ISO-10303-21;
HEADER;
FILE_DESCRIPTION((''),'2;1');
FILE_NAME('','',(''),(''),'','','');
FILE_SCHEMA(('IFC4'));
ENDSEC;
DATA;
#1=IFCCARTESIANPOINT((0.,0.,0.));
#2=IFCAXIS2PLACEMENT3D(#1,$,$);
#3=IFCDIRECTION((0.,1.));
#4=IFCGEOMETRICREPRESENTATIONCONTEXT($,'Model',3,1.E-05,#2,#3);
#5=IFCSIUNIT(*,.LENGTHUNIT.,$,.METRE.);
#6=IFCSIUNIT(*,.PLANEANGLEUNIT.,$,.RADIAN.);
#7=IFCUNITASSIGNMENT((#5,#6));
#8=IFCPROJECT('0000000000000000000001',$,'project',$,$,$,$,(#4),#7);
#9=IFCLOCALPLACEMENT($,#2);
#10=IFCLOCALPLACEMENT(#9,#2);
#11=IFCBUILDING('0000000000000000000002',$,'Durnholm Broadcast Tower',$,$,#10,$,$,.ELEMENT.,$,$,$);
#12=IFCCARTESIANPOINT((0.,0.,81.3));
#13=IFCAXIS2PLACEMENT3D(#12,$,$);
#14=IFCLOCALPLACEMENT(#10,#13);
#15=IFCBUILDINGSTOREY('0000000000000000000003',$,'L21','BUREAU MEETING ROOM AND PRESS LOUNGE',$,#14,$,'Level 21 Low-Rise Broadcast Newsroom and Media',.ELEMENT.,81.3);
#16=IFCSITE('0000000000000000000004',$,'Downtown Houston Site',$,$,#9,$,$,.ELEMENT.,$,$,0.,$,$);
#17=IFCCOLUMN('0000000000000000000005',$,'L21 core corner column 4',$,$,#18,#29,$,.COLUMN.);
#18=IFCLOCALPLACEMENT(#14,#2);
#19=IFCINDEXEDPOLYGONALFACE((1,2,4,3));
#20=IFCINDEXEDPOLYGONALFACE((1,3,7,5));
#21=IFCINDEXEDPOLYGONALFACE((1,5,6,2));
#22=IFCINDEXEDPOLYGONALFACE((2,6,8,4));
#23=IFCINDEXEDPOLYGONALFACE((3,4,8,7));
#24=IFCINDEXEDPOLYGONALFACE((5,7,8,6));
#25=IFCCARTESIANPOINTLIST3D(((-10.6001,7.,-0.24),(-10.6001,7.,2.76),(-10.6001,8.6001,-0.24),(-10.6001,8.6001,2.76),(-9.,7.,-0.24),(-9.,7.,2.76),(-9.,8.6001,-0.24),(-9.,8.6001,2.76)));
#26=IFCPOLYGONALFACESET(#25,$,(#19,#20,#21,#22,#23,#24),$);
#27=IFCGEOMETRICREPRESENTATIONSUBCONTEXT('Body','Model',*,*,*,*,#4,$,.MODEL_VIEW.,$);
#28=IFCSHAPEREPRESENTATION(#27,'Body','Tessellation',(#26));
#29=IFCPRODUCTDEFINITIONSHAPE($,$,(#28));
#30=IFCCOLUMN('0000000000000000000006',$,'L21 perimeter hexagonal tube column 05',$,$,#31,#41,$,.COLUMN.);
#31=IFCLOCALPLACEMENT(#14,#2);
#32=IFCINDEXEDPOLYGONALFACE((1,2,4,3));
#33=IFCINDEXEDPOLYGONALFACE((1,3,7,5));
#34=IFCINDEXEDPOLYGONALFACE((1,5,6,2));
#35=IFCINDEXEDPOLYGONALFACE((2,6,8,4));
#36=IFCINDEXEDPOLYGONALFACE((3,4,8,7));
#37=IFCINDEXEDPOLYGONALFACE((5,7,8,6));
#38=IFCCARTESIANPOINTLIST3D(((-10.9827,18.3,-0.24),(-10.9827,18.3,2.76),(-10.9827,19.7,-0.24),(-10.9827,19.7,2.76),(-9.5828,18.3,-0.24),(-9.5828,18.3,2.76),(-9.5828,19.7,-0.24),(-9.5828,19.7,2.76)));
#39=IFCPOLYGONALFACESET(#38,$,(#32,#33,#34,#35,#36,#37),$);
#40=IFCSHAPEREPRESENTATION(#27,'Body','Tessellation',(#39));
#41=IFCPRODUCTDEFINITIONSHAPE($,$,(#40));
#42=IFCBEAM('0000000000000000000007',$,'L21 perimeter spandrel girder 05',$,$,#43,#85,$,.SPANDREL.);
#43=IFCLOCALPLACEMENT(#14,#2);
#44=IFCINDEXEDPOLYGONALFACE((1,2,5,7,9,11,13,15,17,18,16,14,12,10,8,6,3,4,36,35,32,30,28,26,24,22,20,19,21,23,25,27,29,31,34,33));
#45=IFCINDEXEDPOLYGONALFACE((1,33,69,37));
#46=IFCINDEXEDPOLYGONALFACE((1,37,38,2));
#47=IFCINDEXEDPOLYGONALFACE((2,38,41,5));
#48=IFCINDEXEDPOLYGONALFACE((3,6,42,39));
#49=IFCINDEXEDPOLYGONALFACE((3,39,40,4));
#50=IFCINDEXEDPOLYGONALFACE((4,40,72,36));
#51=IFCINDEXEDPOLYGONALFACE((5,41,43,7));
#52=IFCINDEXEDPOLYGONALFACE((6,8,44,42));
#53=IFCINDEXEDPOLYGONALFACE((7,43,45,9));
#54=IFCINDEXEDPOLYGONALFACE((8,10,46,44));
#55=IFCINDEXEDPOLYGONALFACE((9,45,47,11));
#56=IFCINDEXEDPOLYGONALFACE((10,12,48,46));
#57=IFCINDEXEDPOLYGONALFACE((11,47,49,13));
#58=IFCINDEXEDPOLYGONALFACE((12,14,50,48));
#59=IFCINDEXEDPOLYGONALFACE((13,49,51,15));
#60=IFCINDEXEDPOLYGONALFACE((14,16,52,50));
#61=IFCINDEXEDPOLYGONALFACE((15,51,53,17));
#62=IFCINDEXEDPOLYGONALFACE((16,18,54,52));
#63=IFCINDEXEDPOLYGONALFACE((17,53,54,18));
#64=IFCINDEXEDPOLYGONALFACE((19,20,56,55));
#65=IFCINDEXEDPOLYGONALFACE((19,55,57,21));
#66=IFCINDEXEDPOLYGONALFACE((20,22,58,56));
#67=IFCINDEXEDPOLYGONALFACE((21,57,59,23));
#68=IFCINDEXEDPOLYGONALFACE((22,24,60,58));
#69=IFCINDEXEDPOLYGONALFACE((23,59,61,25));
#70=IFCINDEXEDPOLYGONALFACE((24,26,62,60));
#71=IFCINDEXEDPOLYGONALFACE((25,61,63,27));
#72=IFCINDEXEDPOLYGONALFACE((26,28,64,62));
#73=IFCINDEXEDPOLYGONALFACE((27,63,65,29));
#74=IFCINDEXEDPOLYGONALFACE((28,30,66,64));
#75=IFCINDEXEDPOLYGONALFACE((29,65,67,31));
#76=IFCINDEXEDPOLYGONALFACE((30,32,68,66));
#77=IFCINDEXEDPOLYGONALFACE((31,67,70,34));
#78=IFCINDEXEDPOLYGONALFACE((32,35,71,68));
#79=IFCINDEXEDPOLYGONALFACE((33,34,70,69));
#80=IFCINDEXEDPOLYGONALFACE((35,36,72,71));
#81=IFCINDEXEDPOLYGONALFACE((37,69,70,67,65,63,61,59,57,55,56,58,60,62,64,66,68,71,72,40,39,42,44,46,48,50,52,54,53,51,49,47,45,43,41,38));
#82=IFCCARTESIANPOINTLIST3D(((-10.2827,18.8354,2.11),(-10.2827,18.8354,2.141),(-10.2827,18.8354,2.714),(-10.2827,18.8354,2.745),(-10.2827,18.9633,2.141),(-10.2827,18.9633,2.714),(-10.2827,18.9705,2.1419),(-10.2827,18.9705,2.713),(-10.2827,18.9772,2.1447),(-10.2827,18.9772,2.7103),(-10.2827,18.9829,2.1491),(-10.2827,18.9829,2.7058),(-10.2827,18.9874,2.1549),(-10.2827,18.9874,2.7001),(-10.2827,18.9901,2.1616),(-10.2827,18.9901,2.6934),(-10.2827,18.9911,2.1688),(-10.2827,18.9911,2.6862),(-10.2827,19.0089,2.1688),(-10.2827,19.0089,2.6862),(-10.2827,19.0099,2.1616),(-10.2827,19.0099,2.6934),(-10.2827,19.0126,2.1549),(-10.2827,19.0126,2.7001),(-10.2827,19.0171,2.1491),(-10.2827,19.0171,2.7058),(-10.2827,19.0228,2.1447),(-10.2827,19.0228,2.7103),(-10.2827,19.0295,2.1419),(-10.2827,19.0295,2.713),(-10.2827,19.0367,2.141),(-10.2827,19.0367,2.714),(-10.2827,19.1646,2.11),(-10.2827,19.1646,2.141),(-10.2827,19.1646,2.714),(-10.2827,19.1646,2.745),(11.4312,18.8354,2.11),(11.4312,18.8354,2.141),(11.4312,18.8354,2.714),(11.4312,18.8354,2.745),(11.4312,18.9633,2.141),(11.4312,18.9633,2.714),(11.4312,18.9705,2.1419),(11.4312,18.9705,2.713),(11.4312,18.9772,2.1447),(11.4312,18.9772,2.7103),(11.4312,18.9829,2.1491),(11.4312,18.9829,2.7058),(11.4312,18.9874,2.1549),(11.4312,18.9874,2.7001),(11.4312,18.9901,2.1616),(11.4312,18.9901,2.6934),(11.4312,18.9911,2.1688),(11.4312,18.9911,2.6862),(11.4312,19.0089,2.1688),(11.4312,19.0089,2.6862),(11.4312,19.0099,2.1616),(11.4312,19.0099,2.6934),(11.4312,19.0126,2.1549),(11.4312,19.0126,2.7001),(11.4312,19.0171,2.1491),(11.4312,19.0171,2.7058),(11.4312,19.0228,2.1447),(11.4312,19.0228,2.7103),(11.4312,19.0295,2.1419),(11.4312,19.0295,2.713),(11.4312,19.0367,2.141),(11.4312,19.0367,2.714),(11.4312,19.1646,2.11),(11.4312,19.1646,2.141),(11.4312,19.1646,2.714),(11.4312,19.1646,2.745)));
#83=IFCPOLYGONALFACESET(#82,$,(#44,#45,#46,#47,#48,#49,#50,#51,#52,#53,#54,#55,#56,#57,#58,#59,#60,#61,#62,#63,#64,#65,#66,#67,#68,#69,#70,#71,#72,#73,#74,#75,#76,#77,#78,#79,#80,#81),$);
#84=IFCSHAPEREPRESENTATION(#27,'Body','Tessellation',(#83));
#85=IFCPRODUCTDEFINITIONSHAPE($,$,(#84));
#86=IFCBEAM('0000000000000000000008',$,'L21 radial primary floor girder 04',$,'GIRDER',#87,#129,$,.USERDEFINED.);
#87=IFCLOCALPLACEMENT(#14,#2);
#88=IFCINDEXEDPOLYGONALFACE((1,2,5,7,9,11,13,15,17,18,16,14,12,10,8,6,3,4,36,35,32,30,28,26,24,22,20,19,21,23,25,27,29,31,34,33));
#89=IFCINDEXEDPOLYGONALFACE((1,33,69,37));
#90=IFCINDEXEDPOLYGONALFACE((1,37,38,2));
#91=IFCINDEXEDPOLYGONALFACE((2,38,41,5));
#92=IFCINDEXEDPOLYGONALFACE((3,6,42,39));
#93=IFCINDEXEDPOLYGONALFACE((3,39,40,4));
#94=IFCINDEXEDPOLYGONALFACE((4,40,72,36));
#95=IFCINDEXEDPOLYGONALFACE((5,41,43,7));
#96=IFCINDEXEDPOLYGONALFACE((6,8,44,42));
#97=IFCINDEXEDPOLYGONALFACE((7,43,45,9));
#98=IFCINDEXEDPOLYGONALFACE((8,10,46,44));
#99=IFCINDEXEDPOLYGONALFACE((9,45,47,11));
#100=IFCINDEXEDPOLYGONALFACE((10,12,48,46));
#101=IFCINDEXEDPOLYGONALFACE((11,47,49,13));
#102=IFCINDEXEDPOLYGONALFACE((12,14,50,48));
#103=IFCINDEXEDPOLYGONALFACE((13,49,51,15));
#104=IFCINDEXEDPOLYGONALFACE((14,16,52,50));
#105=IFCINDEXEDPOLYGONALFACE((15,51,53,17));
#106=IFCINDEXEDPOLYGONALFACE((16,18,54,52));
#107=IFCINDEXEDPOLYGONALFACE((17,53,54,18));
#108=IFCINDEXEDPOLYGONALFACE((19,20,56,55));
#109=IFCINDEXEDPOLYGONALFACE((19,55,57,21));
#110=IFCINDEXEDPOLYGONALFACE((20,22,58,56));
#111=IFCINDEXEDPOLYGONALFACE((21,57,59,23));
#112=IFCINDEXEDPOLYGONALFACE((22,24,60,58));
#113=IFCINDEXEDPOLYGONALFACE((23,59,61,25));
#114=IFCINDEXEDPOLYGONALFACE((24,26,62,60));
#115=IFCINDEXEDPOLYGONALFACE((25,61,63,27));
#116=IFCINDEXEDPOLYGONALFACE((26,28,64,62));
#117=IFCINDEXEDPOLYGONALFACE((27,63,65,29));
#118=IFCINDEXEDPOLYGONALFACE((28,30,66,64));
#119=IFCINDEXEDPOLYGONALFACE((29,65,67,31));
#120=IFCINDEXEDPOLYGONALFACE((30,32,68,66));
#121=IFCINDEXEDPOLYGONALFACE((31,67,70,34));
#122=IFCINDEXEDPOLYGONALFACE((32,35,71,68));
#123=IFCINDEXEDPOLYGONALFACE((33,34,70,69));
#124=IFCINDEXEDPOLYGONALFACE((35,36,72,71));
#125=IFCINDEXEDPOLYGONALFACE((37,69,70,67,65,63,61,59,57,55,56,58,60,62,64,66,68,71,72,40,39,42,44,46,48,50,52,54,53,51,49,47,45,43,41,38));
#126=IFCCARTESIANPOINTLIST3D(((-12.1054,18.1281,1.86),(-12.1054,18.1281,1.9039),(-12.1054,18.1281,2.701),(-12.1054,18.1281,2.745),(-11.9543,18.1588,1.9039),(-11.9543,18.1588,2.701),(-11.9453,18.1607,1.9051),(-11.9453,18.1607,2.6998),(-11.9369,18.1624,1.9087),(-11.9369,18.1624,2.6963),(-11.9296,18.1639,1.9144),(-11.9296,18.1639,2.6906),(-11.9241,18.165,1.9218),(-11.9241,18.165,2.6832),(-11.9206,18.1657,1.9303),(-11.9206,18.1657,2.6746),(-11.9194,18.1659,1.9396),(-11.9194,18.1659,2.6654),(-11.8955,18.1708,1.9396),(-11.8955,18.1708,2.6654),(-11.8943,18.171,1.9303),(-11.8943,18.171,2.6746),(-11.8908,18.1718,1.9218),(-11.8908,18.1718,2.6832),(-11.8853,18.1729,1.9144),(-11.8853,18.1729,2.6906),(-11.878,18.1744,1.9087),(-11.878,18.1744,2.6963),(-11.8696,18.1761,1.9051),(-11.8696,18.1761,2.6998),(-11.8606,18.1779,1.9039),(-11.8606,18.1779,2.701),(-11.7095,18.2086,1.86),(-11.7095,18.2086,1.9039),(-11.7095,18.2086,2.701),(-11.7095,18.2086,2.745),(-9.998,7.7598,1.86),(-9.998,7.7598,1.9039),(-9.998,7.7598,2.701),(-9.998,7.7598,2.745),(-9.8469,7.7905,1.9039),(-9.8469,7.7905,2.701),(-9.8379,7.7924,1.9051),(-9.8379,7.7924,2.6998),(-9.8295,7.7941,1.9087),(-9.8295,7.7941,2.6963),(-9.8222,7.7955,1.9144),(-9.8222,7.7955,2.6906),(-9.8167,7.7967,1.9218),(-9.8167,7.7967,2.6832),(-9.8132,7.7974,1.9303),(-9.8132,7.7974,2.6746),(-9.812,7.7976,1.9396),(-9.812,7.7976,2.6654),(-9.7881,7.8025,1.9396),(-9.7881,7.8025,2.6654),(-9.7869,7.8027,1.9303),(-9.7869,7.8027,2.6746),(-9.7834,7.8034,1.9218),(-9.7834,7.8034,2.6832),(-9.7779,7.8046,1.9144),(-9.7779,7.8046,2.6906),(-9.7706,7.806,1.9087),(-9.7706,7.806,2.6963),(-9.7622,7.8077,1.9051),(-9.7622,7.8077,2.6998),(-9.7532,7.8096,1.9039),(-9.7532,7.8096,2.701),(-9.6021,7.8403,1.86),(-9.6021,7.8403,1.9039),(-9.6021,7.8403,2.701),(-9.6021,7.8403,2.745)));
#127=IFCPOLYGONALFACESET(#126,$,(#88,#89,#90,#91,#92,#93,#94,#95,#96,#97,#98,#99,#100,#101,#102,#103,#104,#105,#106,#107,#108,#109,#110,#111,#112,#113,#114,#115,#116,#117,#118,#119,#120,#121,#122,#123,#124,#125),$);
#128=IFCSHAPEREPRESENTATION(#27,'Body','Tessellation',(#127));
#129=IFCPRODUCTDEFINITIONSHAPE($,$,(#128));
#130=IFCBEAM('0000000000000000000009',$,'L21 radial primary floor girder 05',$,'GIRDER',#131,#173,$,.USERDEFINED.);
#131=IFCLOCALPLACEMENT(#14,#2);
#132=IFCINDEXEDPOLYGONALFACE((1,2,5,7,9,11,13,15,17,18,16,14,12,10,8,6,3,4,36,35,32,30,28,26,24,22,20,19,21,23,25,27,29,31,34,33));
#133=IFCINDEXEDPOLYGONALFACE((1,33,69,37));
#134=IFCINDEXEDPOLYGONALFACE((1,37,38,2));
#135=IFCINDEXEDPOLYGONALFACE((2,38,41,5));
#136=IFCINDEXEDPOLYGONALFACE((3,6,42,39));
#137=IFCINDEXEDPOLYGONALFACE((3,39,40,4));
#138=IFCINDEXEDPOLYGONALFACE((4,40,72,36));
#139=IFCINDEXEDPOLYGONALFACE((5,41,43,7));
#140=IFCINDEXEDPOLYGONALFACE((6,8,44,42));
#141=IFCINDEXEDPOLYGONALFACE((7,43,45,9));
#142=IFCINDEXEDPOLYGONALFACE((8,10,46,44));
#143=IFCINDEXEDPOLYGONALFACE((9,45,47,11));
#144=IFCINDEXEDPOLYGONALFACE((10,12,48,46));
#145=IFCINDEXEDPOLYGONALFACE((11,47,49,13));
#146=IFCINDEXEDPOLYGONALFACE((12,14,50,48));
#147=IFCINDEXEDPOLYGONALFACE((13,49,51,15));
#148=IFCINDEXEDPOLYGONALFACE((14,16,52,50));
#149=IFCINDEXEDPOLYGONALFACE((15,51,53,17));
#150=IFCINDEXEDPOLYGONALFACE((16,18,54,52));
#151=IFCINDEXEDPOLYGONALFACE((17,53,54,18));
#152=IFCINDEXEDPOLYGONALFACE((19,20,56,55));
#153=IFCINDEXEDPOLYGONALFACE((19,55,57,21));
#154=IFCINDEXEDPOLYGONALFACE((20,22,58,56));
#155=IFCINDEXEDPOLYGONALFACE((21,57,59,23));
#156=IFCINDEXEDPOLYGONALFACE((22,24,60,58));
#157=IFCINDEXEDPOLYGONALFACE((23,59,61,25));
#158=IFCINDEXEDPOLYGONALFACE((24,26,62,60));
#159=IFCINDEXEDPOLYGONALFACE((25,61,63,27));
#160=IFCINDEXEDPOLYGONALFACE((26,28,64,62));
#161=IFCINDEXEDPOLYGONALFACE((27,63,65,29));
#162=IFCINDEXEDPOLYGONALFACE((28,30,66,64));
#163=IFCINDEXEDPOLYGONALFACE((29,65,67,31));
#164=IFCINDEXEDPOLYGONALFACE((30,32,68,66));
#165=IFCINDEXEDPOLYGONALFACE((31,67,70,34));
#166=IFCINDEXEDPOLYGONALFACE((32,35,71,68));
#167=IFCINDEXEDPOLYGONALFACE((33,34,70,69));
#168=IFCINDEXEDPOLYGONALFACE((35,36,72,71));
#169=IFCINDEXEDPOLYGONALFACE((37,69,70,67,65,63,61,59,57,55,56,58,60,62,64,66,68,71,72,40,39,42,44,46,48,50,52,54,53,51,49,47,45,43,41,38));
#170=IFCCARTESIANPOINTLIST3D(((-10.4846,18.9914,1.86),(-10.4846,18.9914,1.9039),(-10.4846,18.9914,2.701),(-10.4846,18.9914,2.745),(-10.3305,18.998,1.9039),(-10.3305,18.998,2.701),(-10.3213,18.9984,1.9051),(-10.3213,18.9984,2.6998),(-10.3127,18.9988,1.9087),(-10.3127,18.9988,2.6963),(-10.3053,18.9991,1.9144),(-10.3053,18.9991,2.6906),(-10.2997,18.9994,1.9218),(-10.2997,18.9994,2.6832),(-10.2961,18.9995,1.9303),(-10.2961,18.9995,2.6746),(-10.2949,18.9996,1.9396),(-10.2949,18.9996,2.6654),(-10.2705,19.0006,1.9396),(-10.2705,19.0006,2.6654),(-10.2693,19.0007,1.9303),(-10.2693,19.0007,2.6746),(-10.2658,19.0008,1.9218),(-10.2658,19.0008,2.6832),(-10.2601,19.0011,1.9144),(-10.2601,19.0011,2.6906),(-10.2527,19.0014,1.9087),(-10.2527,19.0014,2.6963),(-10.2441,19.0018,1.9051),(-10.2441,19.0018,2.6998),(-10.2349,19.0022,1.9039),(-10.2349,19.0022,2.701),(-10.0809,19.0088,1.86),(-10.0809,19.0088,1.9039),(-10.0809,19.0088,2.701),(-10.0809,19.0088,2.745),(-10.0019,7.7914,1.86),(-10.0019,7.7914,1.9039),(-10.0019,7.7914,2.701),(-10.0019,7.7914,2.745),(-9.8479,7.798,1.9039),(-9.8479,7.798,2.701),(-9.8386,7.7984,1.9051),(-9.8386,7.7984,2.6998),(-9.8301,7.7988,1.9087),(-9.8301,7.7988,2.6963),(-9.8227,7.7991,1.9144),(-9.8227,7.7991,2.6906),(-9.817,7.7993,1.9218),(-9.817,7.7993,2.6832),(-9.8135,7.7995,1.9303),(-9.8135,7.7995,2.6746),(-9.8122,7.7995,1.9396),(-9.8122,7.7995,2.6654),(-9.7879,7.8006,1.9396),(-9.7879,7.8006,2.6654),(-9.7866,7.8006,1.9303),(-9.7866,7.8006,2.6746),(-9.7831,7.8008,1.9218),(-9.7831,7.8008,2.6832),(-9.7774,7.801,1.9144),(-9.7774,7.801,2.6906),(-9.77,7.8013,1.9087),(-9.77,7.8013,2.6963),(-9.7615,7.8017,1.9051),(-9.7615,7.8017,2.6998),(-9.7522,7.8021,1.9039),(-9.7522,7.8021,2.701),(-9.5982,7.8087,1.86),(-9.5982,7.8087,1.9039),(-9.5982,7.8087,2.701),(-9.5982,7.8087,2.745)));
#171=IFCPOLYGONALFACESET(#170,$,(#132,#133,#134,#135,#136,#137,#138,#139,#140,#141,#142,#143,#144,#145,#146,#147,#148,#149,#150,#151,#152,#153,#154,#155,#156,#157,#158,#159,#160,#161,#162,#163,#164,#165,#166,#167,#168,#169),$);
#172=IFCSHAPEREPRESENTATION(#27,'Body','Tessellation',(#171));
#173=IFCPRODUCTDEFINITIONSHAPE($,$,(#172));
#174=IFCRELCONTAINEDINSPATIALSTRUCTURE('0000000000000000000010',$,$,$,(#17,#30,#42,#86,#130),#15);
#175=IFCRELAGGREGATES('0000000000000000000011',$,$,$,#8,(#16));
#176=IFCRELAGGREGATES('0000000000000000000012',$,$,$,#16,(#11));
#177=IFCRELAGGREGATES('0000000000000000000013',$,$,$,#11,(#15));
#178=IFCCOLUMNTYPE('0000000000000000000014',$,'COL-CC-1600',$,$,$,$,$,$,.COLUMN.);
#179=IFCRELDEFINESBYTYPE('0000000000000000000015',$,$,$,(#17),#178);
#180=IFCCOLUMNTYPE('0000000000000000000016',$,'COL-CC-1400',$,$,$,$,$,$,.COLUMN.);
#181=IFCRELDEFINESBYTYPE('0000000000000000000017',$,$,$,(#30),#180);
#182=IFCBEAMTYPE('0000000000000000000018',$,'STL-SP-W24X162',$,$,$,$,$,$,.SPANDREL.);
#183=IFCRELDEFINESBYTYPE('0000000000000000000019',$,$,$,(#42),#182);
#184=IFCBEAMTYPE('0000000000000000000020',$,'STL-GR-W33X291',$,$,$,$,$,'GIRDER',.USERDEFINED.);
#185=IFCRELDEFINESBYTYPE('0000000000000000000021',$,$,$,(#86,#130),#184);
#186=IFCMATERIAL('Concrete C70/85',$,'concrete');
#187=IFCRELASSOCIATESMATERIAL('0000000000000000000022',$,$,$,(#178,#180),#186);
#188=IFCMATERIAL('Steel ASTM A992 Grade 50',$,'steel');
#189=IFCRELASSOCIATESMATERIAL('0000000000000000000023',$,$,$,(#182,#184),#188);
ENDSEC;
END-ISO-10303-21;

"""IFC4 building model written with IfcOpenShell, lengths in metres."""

from ifc_helpers import new_model, si_unit, direction, frame, origin, origin_2d, place, context, subcontext, project, spatial, rectangle, i_section, extrude, source, transform, mapped, material, material_profile, profile_set, type_object, type_shapes, element, save


model = new_model("IFC4")

# Units and contexts
model_context = context("Model", 3, precision=1e-05, world=origin(), true_north=direction((0.0, 1.0)))
body_context = subcontext(model_context, "Body", "Model", "MODEL_VIEW")
ifc_project = project(units=[si_unit("LENGTHUNIT", "METRE"), si_unit("PLANEANGLEUNIT", "RADIAN")], contexts=[model_context])

# Site, building, storey
site_placement = place(None, origin())
site = spatial("IfcSite", under=ifc_project, at=site_placement, Name="Downtown Houston Site", CompositionType="ELEMENT", RefElevation=0.0)
building_placement = place(site_placement, origin())
building = spatial("IfcBuilding", under=site, at=building_placement, Name="Durnholm Broadcast Tower", CompositionType="ELEMENT")
storey_placement = place(building_placement, frame((0.0, 0.0, 81.3)))
storey = spatial("IfcBuildingStorey", under=building, at=storey_placement, Name="L21", Description="BUREAU MEETING ROOM AND PRESS LOUNGE", LongName="Level 21 Low-Rise Broadcast Newsroom and Media", CompositionType="ELEMENT", Elevation=81.3)

# Columns
ifc_material_1 = material(Name="Concrete C70/85", Category="concrete")
ifc_material_profile_1 = material_profile(ifc_material_1, rectangle(XDim=1.6001, YDim=1.6001, at=origin_2d()), Name="RC1600X1600")
ifc_profile_set_1 = profile_set([ifc_material_profile_1], Name="Concrete C70/85")
column_type_1 = type_object("IfcColumnType", Name="COL-CC-1600", PredefinedType="COLUMN", material=ifc_profile_set_1)
shared_shape_1 = source(origin(), body_context, "Body", "SweptSolid", [
    extrude(rectangle(XDim=1.6001, YDim=1.6001, at=origin_2d()), origin(), (0.0, 0.0, 1.0), 3.0),
])
type_shapes(column_type_1, [shared_shape_1])
column_1_placement = place(storey_placement, frame((-9.8, 7.8, -0.24), z_axis=(0.0, 0.0, 1.0), x_axis=(1.0, 0.0, 0.0)))
element("IfcColumn", 1, at=column_1_placement, inside=storey, type_object=column_type_1, Name="L21 core corner column 4", PredefinedType="COLUMN", context=body_context, shape_type="MappedRepresentation", body=[
    mapped(shared_shape_1, transform((0.0, 0.0, 0.0), x_axis=(1.0, 0.0, 0.0), y_axis=(0.0, 1.0, 0.0), z_axis=(0.0, 0.0, 1.0), scale=1.0)),
])
ifc_material_profile_2 = material_profile(ifc_material_1, rectangle(XDim=1.3999, YDim=1.3999, at=origin_2d()), Name="RC1400X1400")
ifc_profile_set_2 = profile_set([ifc_material_profile_2], Name="Concrete C70/85")
column_type_2 = type_object("IfcColumnType", Name="COL-CC-1400", PredefinedType="COLUMN", material=ifc_profile_set_2)
shared_shape_2 = source(origin(), body_context, "Body", "SweptSolid", [
    extrude(rectangle(XDim=1.3999, YDim=1.3999, at=origin_2d()), origin(), (0.0, 0.0, 1.0), 3.0),
])
type_shapes(column_type_2, [shared_shape_2])
column_2_placement = place(storey_placement, frame((-10.2827, 19.0, -0.24), z_axis=(0.0, 0.0, 1.0), x_axis=(1.0, 0.0, 0.0)))
element("IfcColumn", 2, at=column_2_placement, inside=storey, type_object=column_type_2, Name="L21 perimeter hexagonal tube column 05", PredefinedType="COLUMN", context=body_context, shape_type="MappedRepresentation", body=[
    mapped(shared_shape_2, transform((0.0, 0.0, 0.0), x_axis=(1.0, 0.0, 0.0), y_axis=(0.0, 1.0, 0.0), z_axis=(0.0, 0.0, 1.0), scale=1.0)),
])

# Beams
ifc_material_2 = material(Name="Steel ASTM A992 Grade 50", Category="steel")
ifc_material_profile_3 = material_profile(ifc_material_2, i_section(OverallWidth=0.3291, OverallDepth=0.635, WebThickness=0.0178, FlangeThickness=0.031, FilletRadius=0.0278, at=origin_2d()), Name="W24X162")
ifc_profile_set_3 = profile_set([ifc_material_profile_3], Name="Steel ASTM A992 Grade 50")
beam_type_1 = type_object("IfcBeamType", Name="STL-SP-W24X162", PredefinedType="SPANDREL", material=ifc_profile_set_3)
shared_shape_3 = source(origin(), body_context, "Body", "SweptSolid", [
    extrude(i_section(OverallWidth=0.3291, OverallDepth=0.635, WebThickness=0.0178, FlangeThickness=0.031, FilletRadius=0.0278, at=origin_2d()), origin(), (0.0, 0.0, 1.0), 21.7139),
])
type_shapes(beam_type_1, [shared_shape_3])
beam_1_placement = place(storey_placement, frame((-10.2827, 19.0, 2.4275), z_axis=(1.0, 0.0, 0.0), x_axis=(0.0, 1.0, 0.0)))
element("IfcBeam", 3, at=beam_1_placement, inside=storey, type_object=beam_type_1, Name="L21 perimeter spandrel girder 05", PredefinedType="SPANDREL", context=body_context, shape_type="MappedRepresentation", body=[
    mapped(shared_shape_3, transform((0.0, 0.0, 0.0), x_axis=(1.0, 0.0, 0.0), y_axis=(0.0, 1.0, 0.0), z_axis=(0.0, 0.0, 1.0), scale=1.0)),
])
ifc_material_profile_4 = material_profile(ifc_material_2, i_section(OverallWidth=0.4041, OverallDepth=0.885, WebThickness=0.0244, FlangeThickness=0.0439, FilletRadius=0.0356, at=origin_2d()), Name="W33X291")
ifc_profile_set_4 = profile_set([ifc_material_profile_4], Name="Steel ASTM A992 Grade 50")
beam_type_2 = type_object("IfcBeamType", Name="STL-GR-W33X291", ElementType="GIRDER", PredefinedType="USERDEFINED", material=ifc_profile_set_4)
shared_shape_4 = source(origin(), body_context, "Body", "SweptSolid", [
    extrude(i_section(OverallWidth=0.4041, OverallDepth=0.885, WebThickness=0.0244, FlangeThickness=0.0439, FilletRadius=0.0356, at=origin_2d()), origin(), (0.0, 0.0, 1.0), 10.5803),
])
beam_2_placement = place(storey_placement, frame((-9.8, 7.8, 2.3025), z_axis=(-0.199181, 0.979963, 0.0), x_axis=(-0.979963, -0.199181, 0.0)))
element("IfcBeam", 4, at=beam_2_placement, inside=storey, type_object=beam_type_2, Name="L21 radial primary floor girder 04", ObjectType="GIRDER", PredefinedType="USERDEFINED", context=body_context, shape_type="MappedRepresentation", body=[
    mapped(shared_shape_4, transform((0.0, 0.0, 0.0), x_axis=(1.0, 0.0, 0.0), y_axis=(0.0, 1.0, 0.0), z_axis=(0.0, 0.0, 1.0), scale=1.0)),
])
shared_shape_5 = source(origin(), body_context, "Body", "SweptSolid", [
    extrude(i_section(OverallWidth=0.4041, OverallDepth=0.885, WebThickness=0.0244, FlangeThickness=0.0439, FilletRadius=0.0356, at=origin_2d()), origin(), (0.0, 0.0, 1.0), 11.2104),
])
type_shapes(beam_type_2, [shared_shape_4, shared_shape_5])
beam_3_placement = place(storey_placement, frame((-9.8, 7.8, 2.3025), z_axis=(-0.043055, 0.999073, 0.0), x_axis=(-0.999073, -0.043055, 0.0)))
element("IfcBeam", 5, at=beam_3_placement, inside=storey, type_object=beam_type_2, Name="L21 radial primary floor girder 05", ObjectType="GIRDER", PredefinedType="USERDEFINED", context=body_context, shape_type="MappedRepresentation", body=[
    mapped(shared_shape_5, transform((0.0, 0.0, 0.0), x_axis=(1.0, 0.0, 0.0), y_axis=(0.0, 1.0, 0.0), z_axis=(0.0, 0.0, 1.0), scale=1.0)),
])

save(model, "model.ifc")
